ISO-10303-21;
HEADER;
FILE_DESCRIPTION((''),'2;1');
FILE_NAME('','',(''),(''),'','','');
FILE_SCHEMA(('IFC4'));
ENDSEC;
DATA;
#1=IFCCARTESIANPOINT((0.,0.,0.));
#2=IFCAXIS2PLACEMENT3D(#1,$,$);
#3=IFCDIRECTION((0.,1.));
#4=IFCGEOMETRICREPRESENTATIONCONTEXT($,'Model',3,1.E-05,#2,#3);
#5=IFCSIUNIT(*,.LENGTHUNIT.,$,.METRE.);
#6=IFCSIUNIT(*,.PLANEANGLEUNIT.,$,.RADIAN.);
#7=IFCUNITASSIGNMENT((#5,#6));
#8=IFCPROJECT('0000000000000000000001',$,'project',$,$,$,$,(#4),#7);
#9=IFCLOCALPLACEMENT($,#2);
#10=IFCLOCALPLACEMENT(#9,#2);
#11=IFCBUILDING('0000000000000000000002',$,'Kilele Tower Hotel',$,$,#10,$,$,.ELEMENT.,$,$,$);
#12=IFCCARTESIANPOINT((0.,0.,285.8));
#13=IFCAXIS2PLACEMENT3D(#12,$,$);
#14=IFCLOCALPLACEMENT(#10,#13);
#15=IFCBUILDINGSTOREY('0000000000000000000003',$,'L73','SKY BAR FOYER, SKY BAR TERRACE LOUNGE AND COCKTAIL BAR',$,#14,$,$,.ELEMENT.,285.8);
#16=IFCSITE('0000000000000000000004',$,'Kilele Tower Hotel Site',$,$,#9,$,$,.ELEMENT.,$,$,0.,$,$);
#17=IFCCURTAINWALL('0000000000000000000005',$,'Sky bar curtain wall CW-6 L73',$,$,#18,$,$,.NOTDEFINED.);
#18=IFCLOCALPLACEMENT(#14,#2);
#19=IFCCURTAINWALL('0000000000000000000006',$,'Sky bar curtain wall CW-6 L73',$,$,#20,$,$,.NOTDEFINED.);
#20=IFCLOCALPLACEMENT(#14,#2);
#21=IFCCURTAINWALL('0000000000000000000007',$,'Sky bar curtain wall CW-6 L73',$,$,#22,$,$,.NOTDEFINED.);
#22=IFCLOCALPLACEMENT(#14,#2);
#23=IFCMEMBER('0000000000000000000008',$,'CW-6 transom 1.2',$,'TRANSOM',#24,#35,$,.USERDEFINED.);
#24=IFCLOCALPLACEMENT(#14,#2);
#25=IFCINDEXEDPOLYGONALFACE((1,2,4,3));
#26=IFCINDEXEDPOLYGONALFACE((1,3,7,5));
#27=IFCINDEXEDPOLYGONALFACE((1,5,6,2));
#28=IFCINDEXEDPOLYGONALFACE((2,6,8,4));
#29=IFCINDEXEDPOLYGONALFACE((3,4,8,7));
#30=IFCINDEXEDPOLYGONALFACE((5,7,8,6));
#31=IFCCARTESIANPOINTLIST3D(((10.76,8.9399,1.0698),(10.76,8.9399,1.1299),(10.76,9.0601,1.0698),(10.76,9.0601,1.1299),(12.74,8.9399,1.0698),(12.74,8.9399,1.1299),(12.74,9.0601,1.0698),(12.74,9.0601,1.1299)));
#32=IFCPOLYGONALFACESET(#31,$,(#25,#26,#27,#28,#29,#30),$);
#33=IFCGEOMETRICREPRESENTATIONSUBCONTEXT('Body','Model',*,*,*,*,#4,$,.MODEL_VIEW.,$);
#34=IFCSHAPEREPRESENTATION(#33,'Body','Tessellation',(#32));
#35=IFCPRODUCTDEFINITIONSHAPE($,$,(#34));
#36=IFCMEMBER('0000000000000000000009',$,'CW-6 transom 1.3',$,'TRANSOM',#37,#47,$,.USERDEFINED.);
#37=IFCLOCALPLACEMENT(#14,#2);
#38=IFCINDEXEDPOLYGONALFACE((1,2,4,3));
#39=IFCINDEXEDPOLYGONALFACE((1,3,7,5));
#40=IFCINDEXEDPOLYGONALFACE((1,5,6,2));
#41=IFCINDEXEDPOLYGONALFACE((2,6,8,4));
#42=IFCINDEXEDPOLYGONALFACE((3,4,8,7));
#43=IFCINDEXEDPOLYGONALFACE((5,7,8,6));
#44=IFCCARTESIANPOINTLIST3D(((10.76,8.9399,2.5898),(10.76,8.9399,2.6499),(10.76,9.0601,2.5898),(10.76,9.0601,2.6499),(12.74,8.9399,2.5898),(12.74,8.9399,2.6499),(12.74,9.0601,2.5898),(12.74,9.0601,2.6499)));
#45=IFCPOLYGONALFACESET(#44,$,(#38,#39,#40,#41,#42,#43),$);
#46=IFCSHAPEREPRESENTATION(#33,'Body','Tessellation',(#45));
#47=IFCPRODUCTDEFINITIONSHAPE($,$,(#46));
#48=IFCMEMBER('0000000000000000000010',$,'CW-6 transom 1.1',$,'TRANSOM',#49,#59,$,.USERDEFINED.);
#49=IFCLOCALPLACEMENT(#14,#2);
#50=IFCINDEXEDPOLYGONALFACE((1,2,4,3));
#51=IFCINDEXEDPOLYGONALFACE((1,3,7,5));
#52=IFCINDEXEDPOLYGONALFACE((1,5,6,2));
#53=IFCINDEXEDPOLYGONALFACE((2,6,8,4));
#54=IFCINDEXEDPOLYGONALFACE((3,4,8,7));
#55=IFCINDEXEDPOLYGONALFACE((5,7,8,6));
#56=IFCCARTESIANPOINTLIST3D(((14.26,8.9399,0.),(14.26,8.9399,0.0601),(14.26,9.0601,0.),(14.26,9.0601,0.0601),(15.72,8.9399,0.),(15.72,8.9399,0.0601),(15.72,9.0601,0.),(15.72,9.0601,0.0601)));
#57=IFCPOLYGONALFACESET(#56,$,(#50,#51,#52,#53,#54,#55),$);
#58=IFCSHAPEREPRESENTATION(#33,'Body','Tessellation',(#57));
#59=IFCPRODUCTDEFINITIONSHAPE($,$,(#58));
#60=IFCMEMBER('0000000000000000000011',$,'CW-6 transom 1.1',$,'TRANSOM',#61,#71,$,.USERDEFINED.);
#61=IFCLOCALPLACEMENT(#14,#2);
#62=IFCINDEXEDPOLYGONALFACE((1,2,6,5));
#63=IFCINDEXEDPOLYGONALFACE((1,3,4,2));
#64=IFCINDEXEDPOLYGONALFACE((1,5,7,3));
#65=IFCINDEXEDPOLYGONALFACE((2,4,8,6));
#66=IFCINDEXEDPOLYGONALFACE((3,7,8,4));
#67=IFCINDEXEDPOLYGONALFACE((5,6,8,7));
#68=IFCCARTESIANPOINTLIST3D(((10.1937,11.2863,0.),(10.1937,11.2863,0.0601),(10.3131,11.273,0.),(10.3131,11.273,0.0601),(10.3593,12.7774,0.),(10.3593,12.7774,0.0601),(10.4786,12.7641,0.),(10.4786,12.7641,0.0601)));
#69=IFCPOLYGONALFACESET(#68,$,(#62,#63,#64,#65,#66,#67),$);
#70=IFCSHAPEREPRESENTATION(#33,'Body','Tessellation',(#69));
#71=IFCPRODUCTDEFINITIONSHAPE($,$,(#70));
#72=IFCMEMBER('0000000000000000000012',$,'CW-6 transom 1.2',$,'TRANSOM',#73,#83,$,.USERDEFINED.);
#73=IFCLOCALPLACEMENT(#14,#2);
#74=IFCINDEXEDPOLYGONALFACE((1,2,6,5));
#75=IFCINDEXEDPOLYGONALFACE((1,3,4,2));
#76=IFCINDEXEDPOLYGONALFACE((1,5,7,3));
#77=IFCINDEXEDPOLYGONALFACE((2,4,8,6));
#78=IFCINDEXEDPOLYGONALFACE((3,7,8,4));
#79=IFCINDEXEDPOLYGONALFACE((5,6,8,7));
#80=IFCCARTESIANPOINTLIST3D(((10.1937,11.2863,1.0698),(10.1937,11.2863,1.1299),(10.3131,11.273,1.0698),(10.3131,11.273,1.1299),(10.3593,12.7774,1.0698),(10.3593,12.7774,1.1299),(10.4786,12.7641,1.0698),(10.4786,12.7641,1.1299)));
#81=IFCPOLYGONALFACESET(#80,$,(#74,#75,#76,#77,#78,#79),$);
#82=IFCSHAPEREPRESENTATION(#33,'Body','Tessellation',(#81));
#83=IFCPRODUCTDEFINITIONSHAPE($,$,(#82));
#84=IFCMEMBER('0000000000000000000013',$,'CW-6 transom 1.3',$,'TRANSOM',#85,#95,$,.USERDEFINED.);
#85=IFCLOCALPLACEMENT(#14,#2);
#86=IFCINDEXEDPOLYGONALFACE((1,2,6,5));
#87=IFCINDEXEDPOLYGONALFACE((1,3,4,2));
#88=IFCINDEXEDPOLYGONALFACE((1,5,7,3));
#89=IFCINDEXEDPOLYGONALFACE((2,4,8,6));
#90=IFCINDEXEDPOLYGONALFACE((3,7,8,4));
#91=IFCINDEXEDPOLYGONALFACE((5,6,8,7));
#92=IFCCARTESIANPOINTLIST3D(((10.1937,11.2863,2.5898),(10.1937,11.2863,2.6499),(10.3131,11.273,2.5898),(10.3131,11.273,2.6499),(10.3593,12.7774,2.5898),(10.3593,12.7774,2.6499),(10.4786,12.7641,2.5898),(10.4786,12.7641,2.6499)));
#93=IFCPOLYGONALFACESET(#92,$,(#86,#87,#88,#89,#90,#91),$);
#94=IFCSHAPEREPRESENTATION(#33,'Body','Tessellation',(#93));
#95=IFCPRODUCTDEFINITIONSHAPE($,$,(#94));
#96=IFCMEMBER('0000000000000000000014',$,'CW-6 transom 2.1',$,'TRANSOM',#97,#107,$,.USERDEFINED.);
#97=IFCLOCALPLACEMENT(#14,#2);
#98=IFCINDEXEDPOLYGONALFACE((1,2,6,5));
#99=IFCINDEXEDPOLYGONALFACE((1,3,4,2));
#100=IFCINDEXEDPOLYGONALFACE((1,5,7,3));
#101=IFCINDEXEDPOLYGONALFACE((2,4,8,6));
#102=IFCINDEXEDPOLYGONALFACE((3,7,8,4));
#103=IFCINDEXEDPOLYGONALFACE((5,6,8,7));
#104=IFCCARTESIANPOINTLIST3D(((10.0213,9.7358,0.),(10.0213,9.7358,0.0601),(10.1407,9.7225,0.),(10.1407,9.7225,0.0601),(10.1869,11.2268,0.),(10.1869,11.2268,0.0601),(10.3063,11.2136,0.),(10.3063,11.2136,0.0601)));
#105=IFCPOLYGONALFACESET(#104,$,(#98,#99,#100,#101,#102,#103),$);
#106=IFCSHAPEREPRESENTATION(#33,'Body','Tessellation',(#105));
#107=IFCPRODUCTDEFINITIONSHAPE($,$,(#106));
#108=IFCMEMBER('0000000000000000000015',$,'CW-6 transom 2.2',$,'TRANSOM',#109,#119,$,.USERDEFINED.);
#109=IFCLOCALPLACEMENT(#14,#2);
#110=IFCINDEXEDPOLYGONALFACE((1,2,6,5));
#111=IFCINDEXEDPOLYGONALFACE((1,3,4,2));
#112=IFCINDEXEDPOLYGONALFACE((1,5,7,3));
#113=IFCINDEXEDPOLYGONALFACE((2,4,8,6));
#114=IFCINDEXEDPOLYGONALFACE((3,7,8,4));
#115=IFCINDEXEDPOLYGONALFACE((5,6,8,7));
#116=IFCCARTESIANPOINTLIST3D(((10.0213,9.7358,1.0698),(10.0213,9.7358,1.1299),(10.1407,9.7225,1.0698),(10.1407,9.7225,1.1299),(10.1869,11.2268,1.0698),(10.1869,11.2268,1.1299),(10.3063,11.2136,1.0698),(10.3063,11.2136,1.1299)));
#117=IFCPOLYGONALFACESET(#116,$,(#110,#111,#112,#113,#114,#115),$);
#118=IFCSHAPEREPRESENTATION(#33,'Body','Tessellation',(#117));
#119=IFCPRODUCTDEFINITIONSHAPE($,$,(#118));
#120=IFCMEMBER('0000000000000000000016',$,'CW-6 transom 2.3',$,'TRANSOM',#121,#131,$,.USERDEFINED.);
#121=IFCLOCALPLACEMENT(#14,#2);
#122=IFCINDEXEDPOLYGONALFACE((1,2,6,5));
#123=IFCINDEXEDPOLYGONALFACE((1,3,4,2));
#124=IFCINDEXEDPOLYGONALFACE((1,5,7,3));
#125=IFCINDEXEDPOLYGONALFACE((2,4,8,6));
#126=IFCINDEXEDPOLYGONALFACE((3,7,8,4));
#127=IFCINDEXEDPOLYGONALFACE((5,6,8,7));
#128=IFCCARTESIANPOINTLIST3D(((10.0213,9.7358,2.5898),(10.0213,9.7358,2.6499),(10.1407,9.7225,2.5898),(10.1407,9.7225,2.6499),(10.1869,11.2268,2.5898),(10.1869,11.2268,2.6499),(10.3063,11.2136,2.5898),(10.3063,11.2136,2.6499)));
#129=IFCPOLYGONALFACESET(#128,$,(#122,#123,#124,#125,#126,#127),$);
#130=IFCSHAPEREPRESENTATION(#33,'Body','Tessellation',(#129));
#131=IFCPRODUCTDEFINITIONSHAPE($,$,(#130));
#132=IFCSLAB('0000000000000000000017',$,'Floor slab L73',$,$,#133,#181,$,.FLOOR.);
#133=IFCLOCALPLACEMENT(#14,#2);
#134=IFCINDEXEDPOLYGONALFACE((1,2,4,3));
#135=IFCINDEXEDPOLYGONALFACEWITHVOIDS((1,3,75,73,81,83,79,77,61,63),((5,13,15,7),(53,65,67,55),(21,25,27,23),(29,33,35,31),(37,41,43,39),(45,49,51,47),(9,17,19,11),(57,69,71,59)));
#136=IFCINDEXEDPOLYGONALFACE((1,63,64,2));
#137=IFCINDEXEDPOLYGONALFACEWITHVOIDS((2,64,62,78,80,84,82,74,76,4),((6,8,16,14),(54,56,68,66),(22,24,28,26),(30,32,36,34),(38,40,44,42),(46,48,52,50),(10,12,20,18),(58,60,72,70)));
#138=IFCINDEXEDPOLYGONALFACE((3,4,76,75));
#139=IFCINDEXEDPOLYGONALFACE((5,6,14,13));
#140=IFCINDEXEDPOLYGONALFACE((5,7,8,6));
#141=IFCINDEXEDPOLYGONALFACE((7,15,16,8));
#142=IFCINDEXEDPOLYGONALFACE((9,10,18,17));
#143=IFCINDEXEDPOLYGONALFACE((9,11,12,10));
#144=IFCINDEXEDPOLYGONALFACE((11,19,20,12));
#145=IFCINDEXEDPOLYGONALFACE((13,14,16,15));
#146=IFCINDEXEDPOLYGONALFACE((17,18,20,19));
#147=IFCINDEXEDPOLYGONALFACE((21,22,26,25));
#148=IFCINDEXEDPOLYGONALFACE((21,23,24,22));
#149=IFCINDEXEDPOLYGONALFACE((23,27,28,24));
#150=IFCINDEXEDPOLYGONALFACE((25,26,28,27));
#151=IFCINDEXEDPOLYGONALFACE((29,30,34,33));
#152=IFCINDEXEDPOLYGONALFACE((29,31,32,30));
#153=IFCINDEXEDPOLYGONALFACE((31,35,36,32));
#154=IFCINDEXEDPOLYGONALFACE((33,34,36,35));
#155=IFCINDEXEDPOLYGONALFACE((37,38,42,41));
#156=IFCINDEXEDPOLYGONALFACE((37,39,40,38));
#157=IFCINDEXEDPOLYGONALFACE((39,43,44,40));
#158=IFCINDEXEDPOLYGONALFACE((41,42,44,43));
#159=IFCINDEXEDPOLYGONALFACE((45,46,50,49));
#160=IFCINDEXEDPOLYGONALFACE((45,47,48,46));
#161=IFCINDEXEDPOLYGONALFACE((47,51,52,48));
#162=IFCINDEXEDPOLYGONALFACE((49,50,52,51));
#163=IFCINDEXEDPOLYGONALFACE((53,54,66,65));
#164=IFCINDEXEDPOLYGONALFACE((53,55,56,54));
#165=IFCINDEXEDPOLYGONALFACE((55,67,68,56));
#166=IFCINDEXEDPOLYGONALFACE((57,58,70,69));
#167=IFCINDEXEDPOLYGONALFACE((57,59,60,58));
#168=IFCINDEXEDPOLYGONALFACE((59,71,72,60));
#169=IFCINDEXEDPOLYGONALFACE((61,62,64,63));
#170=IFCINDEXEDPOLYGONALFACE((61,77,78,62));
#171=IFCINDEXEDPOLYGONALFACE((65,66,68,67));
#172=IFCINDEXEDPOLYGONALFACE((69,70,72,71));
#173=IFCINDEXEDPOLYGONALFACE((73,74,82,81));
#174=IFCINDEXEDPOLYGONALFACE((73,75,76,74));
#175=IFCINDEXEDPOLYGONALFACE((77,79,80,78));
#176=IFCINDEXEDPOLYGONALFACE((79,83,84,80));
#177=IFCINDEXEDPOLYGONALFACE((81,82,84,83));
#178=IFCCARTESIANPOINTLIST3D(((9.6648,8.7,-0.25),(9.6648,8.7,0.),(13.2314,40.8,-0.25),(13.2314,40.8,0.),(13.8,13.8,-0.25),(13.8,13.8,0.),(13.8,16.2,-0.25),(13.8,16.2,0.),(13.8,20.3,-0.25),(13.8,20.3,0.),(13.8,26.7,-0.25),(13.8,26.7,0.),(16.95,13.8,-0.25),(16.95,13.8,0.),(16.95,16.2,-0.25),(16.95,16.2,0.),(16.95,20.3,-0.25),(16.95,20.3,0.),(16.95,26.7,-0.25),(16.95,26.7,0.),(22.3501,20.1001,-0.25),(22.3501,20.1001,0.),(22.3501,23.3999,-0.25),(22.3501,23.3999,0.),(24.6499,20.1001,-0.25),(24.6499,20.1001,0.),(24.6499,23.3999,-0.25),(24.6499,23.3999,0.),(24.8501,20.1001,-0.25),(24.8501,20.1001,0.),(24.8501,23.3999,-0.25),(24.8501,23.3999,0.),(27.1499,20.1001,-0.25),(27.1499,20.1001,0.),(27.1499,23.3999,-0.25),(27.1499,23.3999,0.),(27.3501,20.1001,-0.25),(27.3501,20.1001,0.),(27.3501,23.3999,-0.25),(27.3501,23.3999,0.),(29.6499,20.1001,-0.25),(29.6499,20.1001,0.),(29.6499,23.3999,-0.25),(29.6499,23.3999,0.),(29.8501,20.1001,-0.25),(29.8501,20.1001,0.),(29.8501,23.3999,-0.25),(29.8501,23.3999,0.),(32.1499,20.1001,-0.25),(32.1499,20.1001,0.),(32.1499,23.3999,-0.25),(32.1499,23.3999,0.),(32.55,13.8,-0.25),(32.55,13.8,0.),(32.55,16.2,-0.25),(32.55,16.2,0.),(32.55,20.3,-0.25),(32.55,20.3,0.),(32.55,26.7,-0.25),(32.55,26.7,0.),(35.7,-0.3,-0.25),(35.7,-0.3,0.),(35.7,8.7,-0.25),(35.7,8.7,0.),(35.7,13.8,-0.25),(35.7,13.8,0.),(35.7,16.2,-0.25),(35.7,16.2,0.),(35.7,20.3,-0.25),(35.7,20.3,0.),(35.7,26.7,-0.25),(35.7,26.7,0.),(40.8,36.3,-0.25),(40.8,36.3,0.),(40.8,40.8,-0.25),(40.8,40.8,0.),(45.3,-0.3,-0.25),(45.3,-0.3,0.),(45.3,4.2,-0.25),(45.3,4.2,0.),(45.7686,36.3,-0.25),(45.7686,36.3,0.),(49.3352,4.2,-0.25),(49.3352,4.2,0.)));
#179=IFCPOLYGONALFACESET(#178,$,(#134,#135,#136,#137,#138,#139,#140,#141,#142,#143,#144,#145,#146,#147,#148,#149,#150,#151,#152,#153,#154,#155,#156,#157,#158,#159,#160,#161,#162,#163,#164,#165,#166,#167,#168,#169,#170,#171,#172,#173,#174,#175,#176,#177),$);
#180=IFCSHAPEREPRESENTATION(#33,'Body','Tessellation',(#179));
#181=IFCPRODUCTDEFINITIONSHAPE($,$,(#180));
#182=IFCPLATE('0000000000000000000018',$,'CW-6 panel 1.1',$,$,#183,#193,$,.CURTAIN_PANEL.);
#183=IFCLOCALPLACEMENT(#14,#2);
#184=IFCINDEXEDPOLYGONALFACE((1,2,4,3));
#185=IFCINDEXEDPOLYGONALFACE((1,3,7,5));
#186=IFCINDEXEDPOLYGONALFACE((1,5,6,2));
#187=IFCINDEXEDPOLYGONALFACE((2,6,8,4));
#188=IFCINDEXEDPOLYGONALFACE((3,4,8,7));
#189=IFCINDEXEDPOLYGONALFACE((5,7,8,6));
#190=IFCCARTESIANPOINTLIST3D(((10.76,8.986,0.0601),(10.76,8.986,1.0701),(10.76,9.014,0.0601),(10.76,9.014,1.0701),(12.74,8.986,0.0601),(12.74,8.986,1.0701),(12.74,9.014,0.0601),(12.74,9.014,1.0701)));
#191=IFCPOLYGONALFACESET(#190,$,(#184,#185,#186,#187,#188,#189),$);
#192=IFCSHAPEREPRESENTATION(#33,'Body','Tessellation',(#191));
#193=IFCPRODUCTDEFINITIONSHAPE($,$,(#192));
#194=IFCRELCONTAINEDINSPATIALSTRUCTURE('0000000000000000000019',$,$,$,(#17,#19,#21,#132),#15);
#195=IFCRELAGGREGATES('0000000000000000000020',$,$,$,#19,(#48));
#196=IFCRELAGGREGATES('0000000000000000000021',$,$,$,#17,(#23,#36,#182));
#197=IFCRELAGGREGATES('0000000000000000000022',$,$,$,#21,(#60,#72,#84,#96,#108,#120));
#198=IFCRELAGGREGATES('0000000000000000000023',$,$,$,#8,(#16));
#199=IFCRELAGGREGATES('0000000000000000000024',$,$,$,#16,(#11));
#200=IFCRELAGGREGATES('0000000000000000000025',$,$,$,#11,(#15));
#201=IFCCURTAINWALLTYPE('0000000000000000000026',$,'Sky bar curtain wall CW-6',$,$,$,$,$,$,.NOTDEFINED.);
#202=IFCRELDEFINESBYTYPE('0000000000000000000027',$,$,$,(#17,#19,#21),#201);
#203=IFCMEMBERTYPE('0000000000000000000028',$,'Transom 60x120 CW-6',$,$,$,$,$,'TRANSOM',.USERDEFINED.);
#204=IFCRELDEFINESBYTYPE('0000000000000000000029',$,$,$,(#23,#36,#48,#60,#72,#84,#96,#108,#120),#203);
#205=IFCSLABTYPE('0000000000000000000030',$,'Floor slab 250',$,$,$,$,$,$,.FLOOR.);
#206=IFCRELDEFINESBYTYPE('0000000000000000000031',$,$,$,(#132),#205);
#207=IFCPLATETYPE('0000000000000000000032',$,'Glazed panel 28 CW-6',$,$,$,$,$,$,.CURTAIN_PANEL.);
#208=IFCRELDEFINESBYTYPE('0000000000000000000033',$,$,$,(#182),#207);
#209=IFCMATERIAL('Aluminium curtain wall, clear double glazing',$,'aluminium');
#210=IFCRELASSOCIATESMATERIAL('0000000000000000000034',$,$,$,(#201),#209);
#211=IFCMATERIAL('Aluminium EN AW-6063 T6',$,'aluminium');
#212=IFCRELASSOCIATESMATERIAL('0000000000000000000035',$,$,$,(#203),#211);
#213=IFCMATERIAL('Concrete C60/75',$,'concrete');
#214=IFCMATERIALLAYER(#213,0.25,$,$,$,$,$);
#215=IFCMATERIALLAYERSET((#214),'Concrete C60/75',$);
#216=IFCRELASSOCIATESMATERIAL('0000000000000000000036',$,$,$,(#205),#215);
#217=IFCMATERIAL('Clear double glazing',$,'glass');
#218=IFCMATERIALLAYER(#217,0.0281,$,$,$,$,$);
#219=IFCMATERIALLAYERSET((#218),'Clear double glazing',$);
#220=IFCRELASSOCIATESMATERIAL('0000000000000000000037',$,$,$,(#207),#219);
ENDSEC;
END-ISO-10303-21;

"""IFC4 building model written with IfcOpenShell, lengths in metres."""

from ifc_helpers import new_model, si_unit, direction, frame, origin, origin_2d, place, context, subcontext, project, spatial, polyline, rectangle, outline, extrude, material, layer, layer_set, material_profile, profile_set, type_object, element, aggregate, save


model = new_model("IFC4")

# Units and contexts
model_context = context("Model", 3, precision=1e-05, world=origin(), true_north=direction((0.0, 1.0)))
body_context = subcontext(model_context, "Body", "Model", "MODEL_VIEW")
ifc_project = project(units=[si_unit("LENGTHUNIT", "METRE"), si_unit("PLANEANGLEUNIT", "RADIAN")], contexts=[model_context])

# Site, building, storey
site_placement = place(None, origin())
site = spatial("IfcSite", under=ifc_project, at=site_placement, Name="Kilele Tower Hotel Site", CompositionType="ELEMENT", RefElevation=0.0)
building_placement = place(site_placement, origin())
building = spatial("IfcBuilding", under=site, at=building_placement, Name="Kilele Tower Hotel", CompositionType="ELEMENT")
storey_placement = place(building_placement, frame((0.0, 0.0, 285.8)))
storey = spatial("IfcBuildingStorey", under=building, at=storey_placement, Name="L73", Description="SKY BAR FOYER, SKY BAR TERRACE LOUNGE AND COCKTAIL BAR", CompositionType="ELEMENT", Elevation=285.8)

# Curtain wall
ifc_material_1 = material(Name="Aluminium curtain wall, clear double glazing", Category="aluminium")
curtain_wall_type = type_object("IfcCurtainWallType", Name="Sky bar curtain wall CW-6", PredefinedType="NOTDEFINED", material=ifc_material_1)
curtain_wall_1_placement = place(storey_placement, origin())
curtain_wall_1 = element("IfcCurtainWall", 1, at=curtain_wall_1_placement, inside=storey, type_object=curtain_wall_type, Name="Sky bar curtain wall CW-6 L73", PredefinedType="NOTDEFINED")

# Curtain wall
curtain_wall_2_placement = place(storey_placement, origin())
curtain_wall_2 = element("IfcCurtainWall", 2, at=curtain_wall_2_placement, inside=storey, type_object=curtain_wall_type, Name="Sky bar curtain wall CW-6 L73", PredefinedType="NOTDEFINED")

# Curtain wall
curtain_wall_3_placement = place(storey_placement, origin())
curtain_wall_3 = element("IfcCurtainWall", 3, at=curtain_wall_3_placement, inside=storey, type_object=curtain_wall_type, Name="Sky bar curtain wall CW-6 L73", PredefinedType="NOTDEFINED")

# Members
ifc_material_2 = material(Name="Aluminium EN AW-6063 T6", Category="aluminium")
ifc_material_profile_1 = material_profile(ifc_material_2, rectangle(XDim=0.1201, YDim=0.0601, at=origin_2d()))
ifc_profile_set_1 = profile_set([ifc_material_profile_1], Name="Aluminium EN AW-6063 T6")
member_type_1 = type_object("IfcMemberType", Name="Transom 60x120 CW-6", ElementType="TRANSOM", PredefinedType="USERDEFINED", material=ifc_profile_set_1)
member_1_placement = place(storey_placement, frame((10.76, 9.0, 1.0999), z_axis=(1.0, 0.0, 0.0), x_axis=(0.0, 1.0, 0.0)))
member_1 = element("IfcMember", 4, at=member_1_placement, type_object=member_type_1, Name="CW-6 transom 1.2", ObjectType="TRANSOM", PredefinedType="USERDEFINED", context=body_context, shape_type="SweptSolid", body=[
    extrude(rectangle(XDim=0.1201, YDim=0.0601, at=origin_2d()), origin(), (0.0, 0.0, 1.0), 1.98),
])
member_2_placement = place(storey_placement, frame((10.76, 9.0, 2.6199), z_axis=(1.0, 0.0, 0.0), x_axis=(0.0, 1.0, 0.0)))
member_2 = element("IfcMember", 5, at=member_2_placement, type_object=member_type_1, Name="CW-6 transom 1.3", ObjectType="TRANSOM", PredefinedType="USERDEFINED", context=body_context, shape_type="SweptSolid", body=[
    extrude(rectangle(XDim=0.1201, YDim=0.0601, at=origin_2d()), origin(), (0.0, 0.0, 1.0), 1.98),
])
member_3_placement = place(storey_placement, frame((14.26, 9.0, 0.03), z_axis=(1.0, 0.0, 0.0), x_axis=(0.0, 1.0, 0.0)))
member_3 = element("IfcMember", 6, at=member_3_placement, type_object=member_type_1, Name="CW-6 transom 1.1", ObjectType="TRANSOM", PredefinedType="USERDEFINED", context=body_context, shape_type="SweptSolid", body=[
    extrude(rectangle(XDim=0.1201, YDim=0.0601, at=origin_2d()), origin(), (0.0, 0.0, 1.0), 1.46),
])
aggregate(curtain_wall_2, [member_3])
member_4_placement = place(storey_placement, frame((10.4189, 12.7708, 0.03), z_axis=(-0.110342, -0.993894, 0.0), x_axis=(0.993894, -0.110342, 0.0)))
member_4 = element("IfcMember", 7, at=member_4_placement, type_object=member_type_1, Name="CW-6 transom 1.1", ObjectType="TRANSOM", PredefinedType="USERDEFINED", context=body_context, shape_type="SweptSolid", body=[
    extrude(rectangle(XDim=0.1201, YDim=0.0601, at=origin_2d()), origin(), (0.0, 0.0, 1.0), 1.5002),
])
member_5_placement = place(storey_placement, frame((10.4189, 12.7708, 1.0999), z_axis=(-0.110342, -0.993894, 0.0), x_axis=(0.993894, -0.110342, 0.0)))
member_5 = element("IfcMember", 8, at=member_5_placement, type_object=member_type_1, Name="CW-6 transom 1.2", ObjectType="TRANSOM", PredefinedType="USERDEFINED", context=body_context, shape_type="SweptSolid", body=[
    extrude(rectangle(XDim=0.1201, YDim=0.0601, at=origin_2d()), origin(), (0.0, 0.0, 1.0), 1.5002),
])
member_6_placement = place(storey_placement, frame((10.4189, 12.7708, 2.6199), z_axis=(-0.110342, -0.993894, 0.0), x_axis=(0.993894, -0.110342, 0.0)))
member_6 = element("IfcMember", 9, at=member_6_placement, type_object=member_type_1, Name="CW-6 transom 1.3", ObjectType="TRANSOM", PredefinedType="USERDEFINED", context=body_context, shape_type="SweptSolid", body=[
    extrude(rectangle(XDim=0.1201, YDim=0.0601, at=origin_2d()), origin(), (0.0, 0.0, 1.0), 1.5002),
])
member_7_placement = place(storey_placement, frame((10.2466, 11.2202, 0.03), z_axis=(-0.110342, -0.993894, 0.0), x_axis=(0.993894, -0.110342, 0.0)))
member_7 = element("IfcMember", 10, at=member_7_placement, type_object=member_type_1, Name="CW-6 transom 2.1", ObjectType="TRANSOM", PredefinedType="USERDEFINED", context=body_context, shape_type="SweptSolid", body=[
    extrude(rectangle(XDim=0.1201, YDim=0.0601, at=origin_2d()), origin(), (0.0, 0.0, 1.0), 1.5002),
])
member_8_placement = place(storey_placement, frame((10.2466, 11.2202, 1.0999), z_axis=(-0.110342, -0.993894, 0.0), x_axis=(0.993894, -0.110342, 0.0)))
member_8 = element("IfcMember", 11, at=member_8_placement, type_object=member_type_1, Name="CW-6 transom 2.2", ObjectType="TRANSOM", PredefinedType="USERDEFINED", context=body_context, shape_type="SweptSolid", body=[
    extrude(rectangle(XDim=0.1201, YDim=0.0601, at=origin_2d()), origin(), (0.0, 0.0, 1.0), 1.5002),
])
member_9_placement = place(storey_placement, frame((10.2466, 11.2202, 2.6199), z_axis=(-0.110342, -0.993894, 0.0), x_axis=(0.993894, -0.110342, 0.0)))
member_9 = element("IfcMember", 12, at=member_9_placement, type_object=member_type_1, Name="CW-6 transom 2.3", ObjectType="TRANSOM", PredefinedType="USERDEFINED", context=body_context, shape_type="SweptSolid", body=[
    extrude(rectangle(XDim=0.1201, YDim=0.0601, at=origin_2d()), origin(), (0.0, 0.0, 1.0), 1.5002),
])

# Slab
ifc_material_3 = material(Name="Concrete C60/75", Category="concrete")
ifc_layer_1 = layer(ifc_material_3, 0.25)
ifc_layer_set_1 = layer_set([ifc_layer_1], Name="Concrete C60/75")
slab_type_1 = type_object("IfcSlabType", Name="Floor slab 250", PredefinedType="FLOOR", material=ifc_layer_set_1)
slab_1_placement = place(storey_placement, frame((0.0, 0.0, -0.25)))
element("IfcSlab", 13, at=slab_1_placement, inside=storey, type_object=slab_type_1, Name="Floor slab L73", PredefinedType="FLOOR", context=body_context, shape_type="SweptSolid", body=[
    extrude(outline(polyline([(40.8, 40.8), (40.8, 36.3), (45.7686, 36.3), (49.3352, 4.2), (45.3, 4.2), (45.3, -0.3), (35.7, -0.3), (35.7, 8.7), (9.6648, 8.7), (13.2314, 40.8), (40.8, 40.8)]), holes=[polyline([(16.95, 16.2), (13.8, 16.2), (13.8, 13.8), (16.95, 13.8), (16.95, 16.2)]), polyline([(35.7, 16.2), (32.55, 16.2), (32.55, 13.8), (35.7, 13.8), (35.7, 16.2)]), polyline([(24.6499, 23.3999), (22.3501, 23.3999), (22.3501, 20.1001), (24.6499, 20.1001), (24.6499, 23.3999)]), polyline([(27.1499, 23.3999), (24.8501, 23.3999), (24.8501, 20.1001), (27.1499, 20.1001), (27.1499, 23.3999)]), polyline([(29.6499, 23.3999), (27.3501, 23.3999), (27.3501, 20.1001), (29.6499, 20.1001), (29.6499, 23.3999)]), polyline([(32.1499, 23.3999), (29.8501, 23.3999), (29.8501, 20.1001), (32.1499, 20.1001), (32.1499, 23.3999)]), polyline([(16.95, 26.7), (13.8, 26.7), (13.8, 20.3), (16.95, 20.3), (16.95, 26.7)]), polyline([(35.7, 26.7), (32.55, 26.7), (32.55, 20.3), (35.7, 20.3), (35.7, 26.7)])]), origin(), (0.0, 0.0, 1.0), 0.25),
])

# Plate
ifc_material_4 = material(Name="Clear double glazing", Category="glass")
ifc_layer_2 = layer(ifc_material_4, 0.0281)
ifc_layer_set_2 = layer_set([ifc_layer_2], Name="Clear double glazing")
plate_type = type_object("IfcPlateType", Name="Glazed panel 28 CW-6", PredefinedType="CURTAIN_PANEL", material=ifc_layer_set_2)
plate_1_placement = place(storey_placement, frame((11.75, 9.0, 0.0601), z_axis=(0.0, 0.0, 1.0), x_axis=(1.0, 0.0, 0.0)))
plate_1 = element("IfcPlate", 14, at=plate_1_placement, type_object=plate_type, Name="CW-6 panel 1.1", PredefinedType="CURTAIN_PANEL", context=body_context, shape_type="SweptSolid", body=[
    extrude(rectangle(XDim=1.98, YDim=0.0281, at=origin_2d()), origin(), (0.0, 0.0, 1.0), 1.01),
])
aggregate(curtain_wall_1, [member_1, member_2, plate_1])
aggregate(curtain_wall_3, [member_4, member_5, member_6, member_7, member_8, member_9])

save(model, "model.ifc")
